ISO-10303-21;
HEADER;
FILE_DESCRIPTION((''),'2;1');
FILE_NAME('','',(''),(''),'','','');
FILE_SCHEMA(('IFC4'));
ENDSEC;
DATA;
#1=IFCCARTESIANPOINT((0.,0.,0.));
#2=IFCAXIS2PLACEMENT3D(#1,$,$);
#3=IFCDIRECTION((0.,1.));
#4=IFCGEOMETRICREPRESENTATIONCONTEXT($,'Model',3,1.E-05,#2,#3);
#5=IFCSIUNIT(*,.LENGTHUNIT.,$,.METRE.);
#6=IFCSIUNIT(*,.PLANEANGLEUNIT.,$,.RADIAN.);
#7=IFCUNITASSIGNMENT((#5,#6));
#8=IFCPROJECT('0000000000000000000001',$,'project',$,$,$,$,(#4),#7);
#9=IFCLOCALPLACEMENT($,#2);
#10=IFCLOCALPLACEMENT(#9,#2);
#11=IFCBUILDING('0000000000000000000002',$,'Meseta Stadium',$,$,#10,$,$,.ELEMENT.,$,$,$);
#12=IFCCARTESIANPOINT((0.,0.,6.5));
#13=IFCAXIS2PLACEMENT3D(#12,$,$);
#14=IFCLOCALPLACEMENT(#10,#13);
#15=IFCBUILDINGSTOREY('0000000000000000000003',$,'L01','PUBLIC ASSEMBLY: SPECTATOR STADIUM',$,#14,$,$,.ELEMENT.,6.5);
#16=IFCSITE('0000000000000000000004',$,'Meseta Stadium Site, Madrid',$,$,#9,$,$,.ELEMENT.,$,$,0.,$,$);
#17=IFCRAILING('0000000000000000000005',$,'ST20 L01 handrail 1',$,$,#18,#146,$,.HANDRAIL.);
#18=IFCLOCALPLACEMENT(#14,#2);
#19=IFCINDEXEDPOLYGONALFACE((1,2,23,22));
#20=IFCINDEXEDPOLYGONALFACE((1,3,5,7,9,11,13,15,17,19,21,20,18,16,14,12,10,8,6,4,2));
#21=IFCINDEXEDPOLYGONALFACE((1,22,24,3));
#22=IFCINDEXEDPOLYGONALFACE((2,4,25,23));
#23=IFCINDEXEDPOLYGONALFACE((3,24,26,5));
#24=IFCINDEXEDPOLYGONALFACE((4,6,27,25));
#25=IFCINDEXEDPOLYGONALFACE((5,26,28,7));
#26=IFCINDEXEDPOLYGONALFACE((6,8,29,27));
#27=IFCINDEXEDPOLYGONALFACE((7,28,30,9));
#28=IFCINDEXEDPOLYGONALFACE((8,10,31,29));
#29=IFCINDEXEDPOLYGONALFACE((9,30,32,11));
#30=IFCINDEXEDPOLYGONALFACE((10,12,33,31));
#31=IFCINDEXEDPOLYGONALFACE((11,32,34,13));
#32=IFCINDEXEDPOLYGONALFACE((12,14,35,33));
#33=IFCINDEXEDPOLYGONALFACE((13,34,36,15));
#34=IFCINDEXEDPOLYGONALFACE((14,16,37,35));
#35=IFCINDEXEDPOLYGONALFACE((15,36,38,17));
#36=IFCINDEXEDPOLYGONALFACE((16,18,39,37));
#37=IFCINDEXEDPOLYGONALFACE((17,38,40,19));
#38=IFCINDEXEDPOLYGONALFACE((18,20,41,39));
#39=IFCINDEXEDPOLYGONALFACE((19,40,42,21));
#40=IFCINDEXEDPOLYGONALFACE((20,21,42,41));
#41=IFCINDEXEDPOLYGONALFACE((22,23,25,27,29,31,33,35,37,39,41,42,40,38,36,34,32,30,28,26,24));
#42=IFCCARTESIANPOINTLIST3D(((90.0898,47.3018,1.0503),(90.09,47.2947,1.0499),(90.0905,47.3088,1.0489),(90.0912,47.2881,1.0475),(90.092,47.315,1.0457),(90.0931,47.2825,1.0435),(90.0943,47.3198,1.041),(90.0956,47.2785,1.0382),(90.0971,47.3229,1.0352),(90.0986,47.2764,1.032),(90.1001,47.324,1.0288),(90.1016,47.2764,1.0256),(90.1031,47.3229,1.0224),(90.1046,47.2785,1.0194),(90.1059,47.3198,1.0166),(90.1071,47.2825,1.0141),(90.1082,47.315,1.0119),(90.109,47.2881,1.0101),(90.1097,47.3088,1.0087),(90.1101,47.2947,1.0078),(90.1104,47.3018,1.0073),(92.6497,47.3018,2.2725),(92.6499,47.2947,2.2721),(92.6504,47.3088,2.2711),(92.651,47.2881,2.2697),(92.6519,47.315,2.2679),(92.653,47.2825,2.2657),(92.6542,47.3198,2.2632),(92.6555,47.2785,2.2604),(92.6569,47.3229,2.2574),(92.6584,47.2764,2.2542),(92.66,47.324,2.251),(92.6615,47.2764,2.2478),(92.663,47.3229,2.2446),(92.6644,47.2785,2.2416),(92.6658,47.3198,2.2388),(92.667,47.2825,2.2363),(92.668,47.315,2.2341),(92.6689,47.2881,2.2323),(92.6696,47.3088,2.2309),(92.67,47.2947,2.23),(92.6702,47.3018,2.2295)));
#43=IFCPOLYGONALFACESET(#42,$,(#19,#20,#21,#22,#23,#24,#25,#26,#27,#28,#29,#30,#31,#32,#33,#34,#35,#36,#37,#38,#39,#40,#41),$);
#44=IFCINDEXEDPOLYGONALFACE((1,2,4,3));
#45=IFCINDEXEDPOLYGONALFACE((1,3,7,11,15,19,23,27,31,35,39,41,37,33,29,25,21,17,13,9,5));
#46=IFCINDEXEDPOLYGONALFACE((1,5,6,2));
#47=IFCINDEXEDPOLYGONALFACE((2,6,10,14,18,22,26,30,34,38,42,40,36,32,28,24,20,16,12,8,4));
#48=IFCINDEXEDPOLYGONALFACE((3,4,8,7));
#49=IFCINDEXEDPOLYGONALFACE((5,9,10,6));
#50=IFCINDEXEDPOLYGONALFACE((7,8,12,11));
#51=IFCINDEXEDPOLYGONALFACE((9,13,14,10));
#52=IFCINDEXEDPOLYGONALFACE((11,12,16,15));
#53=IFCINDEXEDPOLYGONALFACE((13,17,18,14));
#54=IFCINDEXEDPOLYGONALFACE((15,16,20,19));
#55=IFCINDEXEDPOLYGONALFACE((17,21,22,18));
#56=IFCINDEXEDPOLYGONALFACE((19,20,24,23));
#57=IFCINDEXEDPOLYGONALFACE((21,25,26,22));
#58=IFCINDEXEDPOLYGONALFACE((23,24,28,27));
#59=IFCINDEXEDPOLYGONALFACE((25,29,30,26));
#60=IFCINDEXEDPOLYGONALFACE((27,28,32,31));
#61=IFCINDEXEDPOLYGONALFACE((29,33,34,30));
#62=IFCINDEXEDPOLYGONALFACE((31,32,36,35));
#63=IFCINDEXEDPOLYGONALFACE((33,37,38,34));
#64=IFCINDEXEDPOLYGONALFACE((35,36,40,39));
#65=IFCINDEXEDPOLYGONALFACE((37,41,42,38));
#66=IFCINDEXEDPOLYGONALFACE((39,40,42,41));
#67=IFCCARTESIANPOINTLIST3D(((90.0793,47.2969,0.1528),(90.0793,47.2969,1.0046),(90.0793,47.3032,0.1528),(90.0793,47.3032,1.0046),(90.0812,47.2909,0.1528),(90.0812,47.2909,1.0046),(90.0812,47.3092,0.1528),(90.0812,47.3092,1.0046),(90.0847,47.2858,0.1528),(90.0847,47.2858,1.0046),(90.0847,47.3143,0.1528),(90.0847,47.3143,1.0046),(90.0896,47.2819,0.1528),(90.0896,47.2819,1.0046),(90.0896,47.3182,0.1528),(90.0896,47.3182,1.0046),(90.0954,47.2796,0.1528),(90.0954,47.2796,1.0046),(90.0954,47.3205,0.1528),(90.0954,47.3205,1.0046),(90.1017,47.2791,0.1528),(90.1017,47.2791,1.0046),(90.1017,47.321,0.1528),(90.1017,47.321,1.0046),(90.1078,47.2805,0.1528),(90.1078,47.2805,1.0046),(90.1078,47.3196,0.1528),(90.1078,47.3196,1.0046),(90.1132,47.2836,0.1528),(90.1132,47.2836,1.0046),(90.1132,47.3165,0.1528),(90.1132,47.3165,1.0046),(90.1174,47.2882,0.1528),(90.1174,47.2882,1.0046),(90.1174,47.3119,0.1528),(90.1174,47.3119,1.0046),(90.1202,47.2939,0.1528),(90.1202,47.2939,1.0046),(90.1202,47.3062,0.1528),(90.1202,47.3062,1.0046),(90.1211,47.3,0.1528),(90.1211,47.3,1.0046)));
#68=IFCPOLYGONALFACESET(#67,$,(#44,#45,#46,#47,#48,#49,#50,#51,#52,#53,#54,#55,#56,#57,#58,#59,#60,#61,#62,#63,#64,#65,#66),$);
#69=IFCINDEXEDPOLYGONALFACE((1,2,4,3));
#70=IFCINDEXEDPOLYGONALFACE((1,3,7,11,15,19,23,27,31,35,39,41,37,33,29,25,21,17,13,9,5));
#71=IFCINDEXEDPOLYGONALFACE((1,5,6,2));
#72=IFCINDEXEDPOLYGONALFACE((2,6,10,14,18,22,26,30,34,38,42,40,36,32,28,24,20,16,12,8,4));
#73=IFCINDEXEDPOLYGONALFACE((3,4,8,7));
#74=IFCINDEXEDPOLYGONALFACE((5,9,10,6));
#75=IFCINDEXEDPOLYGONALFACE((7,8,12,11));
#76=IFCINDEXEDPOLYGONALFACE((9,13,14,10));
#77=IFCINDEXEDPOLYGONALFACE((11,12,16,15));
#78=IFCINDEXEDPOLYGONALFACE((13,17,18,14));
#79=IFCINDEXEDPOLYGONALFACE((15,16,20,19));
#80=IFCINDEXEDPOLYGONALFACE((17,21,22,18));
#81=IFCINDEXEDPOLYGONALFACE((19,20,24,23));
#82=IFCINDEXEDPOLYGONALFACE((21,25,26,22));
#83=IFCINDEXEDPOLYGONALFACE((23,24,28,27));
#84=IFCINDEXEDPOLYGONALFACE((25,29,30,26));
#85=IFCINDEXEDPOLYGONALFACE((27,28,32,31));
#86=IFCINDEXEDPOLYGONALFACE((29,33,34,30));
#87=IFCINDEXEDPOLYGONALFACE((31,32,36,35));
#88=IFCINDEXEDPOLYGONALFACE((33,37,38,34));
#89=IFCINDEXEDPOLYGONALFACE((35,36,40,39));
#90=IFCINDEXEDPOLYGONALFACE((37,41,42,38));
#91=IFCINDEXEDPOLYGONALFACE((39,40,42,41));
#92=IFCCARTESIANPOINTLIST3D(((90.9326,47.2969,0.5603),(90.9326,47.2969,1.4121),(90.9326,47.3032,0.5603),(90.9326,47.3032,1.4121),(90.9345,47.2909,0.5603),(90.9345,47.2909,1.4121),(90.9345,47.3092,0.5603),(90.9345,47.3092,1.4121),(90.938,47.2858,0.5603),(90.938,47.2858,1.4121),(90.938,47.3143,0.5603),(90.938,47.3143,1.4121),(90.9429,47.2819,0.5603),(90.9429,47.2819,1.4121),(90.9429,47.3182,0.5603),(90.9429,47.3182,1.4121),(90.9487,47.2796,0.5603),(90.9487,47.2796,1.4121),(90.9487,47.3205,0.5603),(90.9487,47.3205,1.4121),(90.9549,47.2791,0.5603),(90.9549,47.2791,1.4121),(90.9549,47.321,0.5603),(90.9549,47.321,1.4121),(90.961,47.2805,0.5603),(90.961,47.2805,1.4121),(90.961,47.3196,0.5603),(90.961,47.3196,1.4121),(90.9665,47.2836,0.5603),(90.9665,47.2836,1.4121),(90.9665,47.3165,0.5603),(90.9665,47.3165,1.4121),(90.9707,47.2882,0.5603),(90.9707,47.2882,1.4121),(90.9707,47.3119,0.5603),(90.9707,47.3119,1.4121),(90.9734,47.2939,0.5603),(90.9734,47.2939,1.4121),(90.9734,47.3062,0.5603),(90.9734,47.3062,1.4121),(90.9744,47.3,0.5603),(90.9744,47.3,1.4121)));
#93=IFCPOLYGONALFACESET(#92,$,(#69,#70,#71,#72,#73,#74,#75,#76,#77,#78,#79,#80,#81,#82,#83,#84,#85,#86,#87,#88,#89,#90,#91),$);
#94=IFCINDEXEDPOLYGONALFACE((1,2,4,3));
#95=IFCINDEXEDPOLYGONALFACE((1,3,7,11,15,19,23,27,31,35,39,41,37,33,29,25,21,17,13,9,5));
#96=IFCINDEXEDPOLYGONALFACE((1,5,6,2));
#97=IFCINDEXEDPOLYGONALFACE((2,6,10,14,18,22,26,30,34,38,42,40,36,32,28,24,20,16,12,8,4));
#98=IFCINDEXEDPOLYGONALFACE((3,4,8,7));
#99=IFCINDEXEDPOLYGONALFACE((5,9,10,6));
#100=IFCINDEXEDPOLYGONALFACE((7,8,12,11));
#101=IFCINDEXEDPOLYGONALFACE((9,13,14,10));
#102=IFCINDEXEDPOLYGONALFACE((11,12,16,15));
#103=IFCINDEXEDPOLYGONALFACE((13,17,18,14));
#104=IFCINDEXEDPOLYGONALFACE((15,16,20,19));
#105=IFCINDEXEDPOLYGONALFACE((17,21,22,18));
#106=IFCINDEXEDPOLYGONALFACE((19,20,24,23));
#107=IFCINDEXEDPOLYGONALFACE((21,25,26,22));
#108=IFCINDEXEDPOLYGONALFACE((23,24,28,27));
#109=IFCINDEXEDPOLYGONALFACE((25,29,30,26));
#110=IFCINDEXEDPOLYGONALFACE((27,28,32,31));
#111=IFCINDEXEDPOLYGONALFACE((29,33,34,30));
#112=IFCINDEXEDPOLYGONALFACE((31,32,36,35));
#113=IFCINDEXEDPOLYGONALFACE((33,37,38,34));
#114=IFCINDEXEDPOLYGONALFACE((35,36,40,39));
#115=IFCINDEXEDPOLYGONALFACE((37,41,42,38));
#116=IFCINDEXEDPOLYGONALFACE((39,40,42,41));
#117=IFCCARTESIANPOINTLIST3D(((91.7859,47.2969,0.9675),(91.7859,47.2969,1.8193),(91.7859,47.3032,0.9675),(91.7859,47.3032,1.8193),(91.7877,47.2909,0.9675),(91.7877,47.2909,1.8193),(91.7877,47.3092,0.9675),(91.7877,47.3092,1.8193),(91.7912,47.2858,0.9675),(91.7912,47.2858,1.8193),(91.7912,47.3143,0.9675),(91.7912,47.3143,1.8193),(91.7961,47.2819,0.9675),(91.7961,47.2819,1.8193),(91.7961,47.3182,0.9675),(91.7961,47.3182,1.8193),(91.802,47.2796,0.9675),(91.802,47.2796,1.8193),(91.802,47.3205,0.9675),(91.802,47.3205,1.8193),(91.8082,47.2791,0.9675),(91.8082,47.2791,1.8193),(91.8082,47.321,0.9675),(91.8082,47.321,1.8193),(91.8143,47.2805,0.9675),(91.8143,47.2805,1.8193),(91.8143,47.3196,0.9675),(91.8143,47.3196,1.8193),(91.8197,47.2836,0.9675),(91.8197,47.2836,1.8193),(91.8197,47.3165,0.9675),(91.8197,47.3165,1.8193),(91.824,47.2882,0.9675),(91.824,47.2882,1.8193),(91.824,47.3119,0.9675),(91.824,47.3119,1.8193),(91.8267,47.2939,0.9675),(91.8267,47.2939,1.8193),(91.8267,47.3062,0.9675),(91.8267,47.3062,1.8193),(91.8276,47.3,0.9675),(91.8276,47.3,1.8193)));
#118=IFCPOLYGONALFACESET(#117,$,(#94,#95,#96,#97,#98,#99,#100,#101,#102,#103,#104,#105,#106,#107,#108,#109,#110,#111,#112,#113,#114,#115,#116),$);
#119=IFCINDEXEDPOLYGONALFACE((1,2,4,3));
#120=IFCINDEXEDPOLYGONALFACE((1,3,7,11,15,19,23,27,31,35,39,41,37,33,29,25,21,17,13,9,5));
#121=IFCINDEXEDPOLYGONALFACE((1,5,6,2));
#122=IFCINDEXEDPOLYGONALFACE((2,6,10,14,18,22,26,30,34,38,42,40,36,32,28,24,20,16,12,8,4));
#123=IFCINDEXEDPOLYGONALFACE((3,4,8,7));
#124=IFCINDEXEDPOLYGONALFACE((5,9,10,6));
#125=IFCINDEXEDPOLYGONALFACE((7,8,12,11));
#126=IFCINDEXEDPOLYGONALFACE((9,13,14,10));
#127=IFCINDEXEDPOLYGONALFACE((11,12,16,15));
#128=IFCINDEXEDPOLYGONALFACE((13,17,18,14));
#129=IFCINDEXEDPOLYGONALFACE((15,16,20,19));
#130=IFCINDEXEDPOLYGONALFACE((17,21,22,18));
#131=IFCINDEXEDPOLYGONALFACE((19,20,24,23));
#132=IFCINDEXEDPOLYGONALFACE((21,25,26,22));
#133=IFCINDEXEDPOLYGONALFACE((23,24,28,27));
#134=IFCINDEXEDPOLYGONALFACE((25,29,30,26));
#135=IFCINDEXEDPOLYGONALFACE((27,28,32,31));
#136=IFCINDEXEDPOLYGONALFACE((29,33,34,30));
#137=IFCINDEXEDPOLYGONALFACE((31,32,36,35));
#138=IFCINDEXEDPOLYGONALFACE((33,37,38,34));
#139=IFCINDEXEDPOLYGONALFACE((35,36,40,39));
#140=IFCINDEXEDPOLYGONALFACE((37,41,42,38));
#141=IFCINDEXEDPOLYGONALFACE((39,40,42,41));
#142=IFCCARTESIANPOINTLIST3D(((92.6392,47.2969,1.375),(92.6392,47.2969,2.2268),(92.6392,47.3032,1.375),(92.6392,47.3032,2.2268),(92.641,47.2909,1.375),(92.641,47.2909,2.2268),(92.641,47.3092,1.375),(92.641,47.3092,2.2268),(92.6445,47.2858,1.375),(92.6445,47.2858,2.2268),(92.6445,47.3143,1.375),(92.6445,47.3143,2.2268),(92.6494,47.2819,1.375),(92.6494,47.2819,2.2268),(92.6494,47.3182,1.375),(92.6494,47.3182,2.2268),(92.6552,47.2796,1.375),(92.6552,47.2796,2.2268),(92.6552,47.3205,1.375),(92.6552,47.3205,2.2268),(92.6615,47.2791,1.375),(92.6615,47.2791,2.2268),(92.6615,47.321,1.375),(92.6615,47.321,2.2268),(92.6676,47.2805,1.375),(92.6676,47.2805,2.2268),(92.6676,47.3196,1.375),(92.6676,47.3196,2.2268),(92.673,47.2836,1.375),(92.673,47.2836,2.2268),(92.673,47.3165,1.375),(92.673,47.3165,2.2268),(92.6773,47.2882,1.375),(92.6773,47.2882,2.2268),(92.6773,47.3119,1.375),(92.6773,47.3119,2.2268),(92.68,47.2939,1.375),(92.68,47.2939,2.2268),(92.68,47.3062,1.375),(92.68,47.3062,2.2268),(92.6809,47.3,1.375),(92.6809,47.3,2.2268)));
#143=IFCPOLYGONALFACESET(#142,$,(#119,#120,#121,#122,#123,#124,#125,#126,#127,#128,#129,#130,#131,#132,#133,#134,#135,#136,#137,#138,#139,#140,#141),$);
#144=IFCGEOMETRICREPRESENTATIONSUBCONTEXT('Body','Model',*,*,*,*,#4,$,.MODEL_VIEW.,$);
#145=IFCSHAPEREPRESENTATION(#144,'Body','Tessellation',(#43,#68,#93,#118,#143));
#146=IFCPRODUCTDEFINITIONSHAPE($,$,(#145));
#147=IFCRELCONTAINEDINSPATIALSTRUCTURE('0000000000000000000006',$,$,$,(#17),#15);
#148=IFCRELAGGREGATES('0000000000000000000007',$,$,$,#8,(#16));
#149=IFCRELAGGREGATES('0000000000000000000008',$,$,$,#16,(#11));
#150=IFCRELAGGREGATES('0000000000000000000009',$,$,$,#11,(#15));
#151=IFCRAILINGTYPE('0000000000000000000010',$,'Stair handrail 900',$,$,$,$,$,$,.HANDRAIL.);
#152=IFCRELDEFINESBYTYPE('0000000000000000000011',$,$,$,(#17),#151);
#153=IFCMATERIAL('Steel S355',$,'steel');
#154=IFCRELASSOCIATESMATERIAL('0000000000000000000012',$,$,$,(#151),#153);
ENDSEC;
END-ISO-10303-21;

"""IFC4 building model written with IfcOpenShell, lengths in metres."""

from ifc_helpers import new_model, si_unit, direction, frame, origin, origin_2d, place, context, subcontext, project, spatial, circle, extrude, material, type_object, element, save


model = new_model("IFC4")

# Units and contexts
model_context = context("Model", 3, precision=1e-05, world=origin(), true_north=direction((0.0, 1.0)))
body_context = subcontext(model_context, "Body", "Model", "MODEL_VIEW")
ifc_project = project(units=[si_unit("LENGTHUNIT", "METRE"), si_unit("PLANEANGLEUNIT", "RADIAN")], contexts=[model_context])

# Site, building, storey
site_placement = place(None, origin())
site = spatial("IfcSite", under=ifc_project, at=site_placement, Name="Meseta Stadium Site, Madrid", CompositionType="ELEMENT", RefElevation=0.0)
building_placement = place(site_placement, origin())
building = spatial("IfcBuilding", under=site, at=building_placement, Name="Meseta Stadium", CompositionType="ELEMENT")
storey_placement = place(building_placement, frame((0.0, 0.0, 6.5)))
storey = spatial("IfcBuildingStorey", under=building, at=storey_placement, Name="L01", Description="PUBLIC ASSEMBLY: SPECTATOR STADIUM", CompositionType="ELEMENT", Elevation=6.5)

# Railing
ifc_material_1 = material(Name="Steel S355", Category="steel")
railing_type_1 = type_object("IfcRailingType", Name="Stair handrail 900", PredefinedType="HANDRAIL", material=ifc_material_1)
for number, where, name in (
    (1, (90.1001, 47.3, 0.1528), "ST20 L01 handrail 1"),
):
    element("IfcRailing", number, at=place(storey_placement, frame(where)), inside=storey, type_object=railing_type_1, Name=name, PredefinedType="HANDRAIL", context=body_context, shape_type="SweptSolid", body=[
        extrude(circle(Radius=0.0239, at=origin_2d()), frame((0.0, 0.0, 0.876), z_axis=(0.902421, 0.0, 0.430855), x_axis=(0.0, 1.0, 0.0)), (0.0, 0.0, 1.0), 2.8367),
        extrude(circle(Radius=0.021, at=origin_2d()), origin(), (0.0, 0.0, 1.0), 0.8518),
        extrude(circle(Radius=0.021, at=origin_2d()), frame((0.8533, 0.0, 0.4075)), (0.0, 0.0, 1.0), 0.8518),
        extrude(circle(Radius=0.021, at=origin_2d()), frame((1.7065, 0.0, 0.8147)), (0.0, 0.0, 1.0), 0.8518),
        extrude(circle(Radius=0.021, at=origin_2d()), frame((2.5598, 0.0, 1.2222)), (0.0, 0.0, 1.0), 0.8518),
    ])

save(model, "model.ifc")
